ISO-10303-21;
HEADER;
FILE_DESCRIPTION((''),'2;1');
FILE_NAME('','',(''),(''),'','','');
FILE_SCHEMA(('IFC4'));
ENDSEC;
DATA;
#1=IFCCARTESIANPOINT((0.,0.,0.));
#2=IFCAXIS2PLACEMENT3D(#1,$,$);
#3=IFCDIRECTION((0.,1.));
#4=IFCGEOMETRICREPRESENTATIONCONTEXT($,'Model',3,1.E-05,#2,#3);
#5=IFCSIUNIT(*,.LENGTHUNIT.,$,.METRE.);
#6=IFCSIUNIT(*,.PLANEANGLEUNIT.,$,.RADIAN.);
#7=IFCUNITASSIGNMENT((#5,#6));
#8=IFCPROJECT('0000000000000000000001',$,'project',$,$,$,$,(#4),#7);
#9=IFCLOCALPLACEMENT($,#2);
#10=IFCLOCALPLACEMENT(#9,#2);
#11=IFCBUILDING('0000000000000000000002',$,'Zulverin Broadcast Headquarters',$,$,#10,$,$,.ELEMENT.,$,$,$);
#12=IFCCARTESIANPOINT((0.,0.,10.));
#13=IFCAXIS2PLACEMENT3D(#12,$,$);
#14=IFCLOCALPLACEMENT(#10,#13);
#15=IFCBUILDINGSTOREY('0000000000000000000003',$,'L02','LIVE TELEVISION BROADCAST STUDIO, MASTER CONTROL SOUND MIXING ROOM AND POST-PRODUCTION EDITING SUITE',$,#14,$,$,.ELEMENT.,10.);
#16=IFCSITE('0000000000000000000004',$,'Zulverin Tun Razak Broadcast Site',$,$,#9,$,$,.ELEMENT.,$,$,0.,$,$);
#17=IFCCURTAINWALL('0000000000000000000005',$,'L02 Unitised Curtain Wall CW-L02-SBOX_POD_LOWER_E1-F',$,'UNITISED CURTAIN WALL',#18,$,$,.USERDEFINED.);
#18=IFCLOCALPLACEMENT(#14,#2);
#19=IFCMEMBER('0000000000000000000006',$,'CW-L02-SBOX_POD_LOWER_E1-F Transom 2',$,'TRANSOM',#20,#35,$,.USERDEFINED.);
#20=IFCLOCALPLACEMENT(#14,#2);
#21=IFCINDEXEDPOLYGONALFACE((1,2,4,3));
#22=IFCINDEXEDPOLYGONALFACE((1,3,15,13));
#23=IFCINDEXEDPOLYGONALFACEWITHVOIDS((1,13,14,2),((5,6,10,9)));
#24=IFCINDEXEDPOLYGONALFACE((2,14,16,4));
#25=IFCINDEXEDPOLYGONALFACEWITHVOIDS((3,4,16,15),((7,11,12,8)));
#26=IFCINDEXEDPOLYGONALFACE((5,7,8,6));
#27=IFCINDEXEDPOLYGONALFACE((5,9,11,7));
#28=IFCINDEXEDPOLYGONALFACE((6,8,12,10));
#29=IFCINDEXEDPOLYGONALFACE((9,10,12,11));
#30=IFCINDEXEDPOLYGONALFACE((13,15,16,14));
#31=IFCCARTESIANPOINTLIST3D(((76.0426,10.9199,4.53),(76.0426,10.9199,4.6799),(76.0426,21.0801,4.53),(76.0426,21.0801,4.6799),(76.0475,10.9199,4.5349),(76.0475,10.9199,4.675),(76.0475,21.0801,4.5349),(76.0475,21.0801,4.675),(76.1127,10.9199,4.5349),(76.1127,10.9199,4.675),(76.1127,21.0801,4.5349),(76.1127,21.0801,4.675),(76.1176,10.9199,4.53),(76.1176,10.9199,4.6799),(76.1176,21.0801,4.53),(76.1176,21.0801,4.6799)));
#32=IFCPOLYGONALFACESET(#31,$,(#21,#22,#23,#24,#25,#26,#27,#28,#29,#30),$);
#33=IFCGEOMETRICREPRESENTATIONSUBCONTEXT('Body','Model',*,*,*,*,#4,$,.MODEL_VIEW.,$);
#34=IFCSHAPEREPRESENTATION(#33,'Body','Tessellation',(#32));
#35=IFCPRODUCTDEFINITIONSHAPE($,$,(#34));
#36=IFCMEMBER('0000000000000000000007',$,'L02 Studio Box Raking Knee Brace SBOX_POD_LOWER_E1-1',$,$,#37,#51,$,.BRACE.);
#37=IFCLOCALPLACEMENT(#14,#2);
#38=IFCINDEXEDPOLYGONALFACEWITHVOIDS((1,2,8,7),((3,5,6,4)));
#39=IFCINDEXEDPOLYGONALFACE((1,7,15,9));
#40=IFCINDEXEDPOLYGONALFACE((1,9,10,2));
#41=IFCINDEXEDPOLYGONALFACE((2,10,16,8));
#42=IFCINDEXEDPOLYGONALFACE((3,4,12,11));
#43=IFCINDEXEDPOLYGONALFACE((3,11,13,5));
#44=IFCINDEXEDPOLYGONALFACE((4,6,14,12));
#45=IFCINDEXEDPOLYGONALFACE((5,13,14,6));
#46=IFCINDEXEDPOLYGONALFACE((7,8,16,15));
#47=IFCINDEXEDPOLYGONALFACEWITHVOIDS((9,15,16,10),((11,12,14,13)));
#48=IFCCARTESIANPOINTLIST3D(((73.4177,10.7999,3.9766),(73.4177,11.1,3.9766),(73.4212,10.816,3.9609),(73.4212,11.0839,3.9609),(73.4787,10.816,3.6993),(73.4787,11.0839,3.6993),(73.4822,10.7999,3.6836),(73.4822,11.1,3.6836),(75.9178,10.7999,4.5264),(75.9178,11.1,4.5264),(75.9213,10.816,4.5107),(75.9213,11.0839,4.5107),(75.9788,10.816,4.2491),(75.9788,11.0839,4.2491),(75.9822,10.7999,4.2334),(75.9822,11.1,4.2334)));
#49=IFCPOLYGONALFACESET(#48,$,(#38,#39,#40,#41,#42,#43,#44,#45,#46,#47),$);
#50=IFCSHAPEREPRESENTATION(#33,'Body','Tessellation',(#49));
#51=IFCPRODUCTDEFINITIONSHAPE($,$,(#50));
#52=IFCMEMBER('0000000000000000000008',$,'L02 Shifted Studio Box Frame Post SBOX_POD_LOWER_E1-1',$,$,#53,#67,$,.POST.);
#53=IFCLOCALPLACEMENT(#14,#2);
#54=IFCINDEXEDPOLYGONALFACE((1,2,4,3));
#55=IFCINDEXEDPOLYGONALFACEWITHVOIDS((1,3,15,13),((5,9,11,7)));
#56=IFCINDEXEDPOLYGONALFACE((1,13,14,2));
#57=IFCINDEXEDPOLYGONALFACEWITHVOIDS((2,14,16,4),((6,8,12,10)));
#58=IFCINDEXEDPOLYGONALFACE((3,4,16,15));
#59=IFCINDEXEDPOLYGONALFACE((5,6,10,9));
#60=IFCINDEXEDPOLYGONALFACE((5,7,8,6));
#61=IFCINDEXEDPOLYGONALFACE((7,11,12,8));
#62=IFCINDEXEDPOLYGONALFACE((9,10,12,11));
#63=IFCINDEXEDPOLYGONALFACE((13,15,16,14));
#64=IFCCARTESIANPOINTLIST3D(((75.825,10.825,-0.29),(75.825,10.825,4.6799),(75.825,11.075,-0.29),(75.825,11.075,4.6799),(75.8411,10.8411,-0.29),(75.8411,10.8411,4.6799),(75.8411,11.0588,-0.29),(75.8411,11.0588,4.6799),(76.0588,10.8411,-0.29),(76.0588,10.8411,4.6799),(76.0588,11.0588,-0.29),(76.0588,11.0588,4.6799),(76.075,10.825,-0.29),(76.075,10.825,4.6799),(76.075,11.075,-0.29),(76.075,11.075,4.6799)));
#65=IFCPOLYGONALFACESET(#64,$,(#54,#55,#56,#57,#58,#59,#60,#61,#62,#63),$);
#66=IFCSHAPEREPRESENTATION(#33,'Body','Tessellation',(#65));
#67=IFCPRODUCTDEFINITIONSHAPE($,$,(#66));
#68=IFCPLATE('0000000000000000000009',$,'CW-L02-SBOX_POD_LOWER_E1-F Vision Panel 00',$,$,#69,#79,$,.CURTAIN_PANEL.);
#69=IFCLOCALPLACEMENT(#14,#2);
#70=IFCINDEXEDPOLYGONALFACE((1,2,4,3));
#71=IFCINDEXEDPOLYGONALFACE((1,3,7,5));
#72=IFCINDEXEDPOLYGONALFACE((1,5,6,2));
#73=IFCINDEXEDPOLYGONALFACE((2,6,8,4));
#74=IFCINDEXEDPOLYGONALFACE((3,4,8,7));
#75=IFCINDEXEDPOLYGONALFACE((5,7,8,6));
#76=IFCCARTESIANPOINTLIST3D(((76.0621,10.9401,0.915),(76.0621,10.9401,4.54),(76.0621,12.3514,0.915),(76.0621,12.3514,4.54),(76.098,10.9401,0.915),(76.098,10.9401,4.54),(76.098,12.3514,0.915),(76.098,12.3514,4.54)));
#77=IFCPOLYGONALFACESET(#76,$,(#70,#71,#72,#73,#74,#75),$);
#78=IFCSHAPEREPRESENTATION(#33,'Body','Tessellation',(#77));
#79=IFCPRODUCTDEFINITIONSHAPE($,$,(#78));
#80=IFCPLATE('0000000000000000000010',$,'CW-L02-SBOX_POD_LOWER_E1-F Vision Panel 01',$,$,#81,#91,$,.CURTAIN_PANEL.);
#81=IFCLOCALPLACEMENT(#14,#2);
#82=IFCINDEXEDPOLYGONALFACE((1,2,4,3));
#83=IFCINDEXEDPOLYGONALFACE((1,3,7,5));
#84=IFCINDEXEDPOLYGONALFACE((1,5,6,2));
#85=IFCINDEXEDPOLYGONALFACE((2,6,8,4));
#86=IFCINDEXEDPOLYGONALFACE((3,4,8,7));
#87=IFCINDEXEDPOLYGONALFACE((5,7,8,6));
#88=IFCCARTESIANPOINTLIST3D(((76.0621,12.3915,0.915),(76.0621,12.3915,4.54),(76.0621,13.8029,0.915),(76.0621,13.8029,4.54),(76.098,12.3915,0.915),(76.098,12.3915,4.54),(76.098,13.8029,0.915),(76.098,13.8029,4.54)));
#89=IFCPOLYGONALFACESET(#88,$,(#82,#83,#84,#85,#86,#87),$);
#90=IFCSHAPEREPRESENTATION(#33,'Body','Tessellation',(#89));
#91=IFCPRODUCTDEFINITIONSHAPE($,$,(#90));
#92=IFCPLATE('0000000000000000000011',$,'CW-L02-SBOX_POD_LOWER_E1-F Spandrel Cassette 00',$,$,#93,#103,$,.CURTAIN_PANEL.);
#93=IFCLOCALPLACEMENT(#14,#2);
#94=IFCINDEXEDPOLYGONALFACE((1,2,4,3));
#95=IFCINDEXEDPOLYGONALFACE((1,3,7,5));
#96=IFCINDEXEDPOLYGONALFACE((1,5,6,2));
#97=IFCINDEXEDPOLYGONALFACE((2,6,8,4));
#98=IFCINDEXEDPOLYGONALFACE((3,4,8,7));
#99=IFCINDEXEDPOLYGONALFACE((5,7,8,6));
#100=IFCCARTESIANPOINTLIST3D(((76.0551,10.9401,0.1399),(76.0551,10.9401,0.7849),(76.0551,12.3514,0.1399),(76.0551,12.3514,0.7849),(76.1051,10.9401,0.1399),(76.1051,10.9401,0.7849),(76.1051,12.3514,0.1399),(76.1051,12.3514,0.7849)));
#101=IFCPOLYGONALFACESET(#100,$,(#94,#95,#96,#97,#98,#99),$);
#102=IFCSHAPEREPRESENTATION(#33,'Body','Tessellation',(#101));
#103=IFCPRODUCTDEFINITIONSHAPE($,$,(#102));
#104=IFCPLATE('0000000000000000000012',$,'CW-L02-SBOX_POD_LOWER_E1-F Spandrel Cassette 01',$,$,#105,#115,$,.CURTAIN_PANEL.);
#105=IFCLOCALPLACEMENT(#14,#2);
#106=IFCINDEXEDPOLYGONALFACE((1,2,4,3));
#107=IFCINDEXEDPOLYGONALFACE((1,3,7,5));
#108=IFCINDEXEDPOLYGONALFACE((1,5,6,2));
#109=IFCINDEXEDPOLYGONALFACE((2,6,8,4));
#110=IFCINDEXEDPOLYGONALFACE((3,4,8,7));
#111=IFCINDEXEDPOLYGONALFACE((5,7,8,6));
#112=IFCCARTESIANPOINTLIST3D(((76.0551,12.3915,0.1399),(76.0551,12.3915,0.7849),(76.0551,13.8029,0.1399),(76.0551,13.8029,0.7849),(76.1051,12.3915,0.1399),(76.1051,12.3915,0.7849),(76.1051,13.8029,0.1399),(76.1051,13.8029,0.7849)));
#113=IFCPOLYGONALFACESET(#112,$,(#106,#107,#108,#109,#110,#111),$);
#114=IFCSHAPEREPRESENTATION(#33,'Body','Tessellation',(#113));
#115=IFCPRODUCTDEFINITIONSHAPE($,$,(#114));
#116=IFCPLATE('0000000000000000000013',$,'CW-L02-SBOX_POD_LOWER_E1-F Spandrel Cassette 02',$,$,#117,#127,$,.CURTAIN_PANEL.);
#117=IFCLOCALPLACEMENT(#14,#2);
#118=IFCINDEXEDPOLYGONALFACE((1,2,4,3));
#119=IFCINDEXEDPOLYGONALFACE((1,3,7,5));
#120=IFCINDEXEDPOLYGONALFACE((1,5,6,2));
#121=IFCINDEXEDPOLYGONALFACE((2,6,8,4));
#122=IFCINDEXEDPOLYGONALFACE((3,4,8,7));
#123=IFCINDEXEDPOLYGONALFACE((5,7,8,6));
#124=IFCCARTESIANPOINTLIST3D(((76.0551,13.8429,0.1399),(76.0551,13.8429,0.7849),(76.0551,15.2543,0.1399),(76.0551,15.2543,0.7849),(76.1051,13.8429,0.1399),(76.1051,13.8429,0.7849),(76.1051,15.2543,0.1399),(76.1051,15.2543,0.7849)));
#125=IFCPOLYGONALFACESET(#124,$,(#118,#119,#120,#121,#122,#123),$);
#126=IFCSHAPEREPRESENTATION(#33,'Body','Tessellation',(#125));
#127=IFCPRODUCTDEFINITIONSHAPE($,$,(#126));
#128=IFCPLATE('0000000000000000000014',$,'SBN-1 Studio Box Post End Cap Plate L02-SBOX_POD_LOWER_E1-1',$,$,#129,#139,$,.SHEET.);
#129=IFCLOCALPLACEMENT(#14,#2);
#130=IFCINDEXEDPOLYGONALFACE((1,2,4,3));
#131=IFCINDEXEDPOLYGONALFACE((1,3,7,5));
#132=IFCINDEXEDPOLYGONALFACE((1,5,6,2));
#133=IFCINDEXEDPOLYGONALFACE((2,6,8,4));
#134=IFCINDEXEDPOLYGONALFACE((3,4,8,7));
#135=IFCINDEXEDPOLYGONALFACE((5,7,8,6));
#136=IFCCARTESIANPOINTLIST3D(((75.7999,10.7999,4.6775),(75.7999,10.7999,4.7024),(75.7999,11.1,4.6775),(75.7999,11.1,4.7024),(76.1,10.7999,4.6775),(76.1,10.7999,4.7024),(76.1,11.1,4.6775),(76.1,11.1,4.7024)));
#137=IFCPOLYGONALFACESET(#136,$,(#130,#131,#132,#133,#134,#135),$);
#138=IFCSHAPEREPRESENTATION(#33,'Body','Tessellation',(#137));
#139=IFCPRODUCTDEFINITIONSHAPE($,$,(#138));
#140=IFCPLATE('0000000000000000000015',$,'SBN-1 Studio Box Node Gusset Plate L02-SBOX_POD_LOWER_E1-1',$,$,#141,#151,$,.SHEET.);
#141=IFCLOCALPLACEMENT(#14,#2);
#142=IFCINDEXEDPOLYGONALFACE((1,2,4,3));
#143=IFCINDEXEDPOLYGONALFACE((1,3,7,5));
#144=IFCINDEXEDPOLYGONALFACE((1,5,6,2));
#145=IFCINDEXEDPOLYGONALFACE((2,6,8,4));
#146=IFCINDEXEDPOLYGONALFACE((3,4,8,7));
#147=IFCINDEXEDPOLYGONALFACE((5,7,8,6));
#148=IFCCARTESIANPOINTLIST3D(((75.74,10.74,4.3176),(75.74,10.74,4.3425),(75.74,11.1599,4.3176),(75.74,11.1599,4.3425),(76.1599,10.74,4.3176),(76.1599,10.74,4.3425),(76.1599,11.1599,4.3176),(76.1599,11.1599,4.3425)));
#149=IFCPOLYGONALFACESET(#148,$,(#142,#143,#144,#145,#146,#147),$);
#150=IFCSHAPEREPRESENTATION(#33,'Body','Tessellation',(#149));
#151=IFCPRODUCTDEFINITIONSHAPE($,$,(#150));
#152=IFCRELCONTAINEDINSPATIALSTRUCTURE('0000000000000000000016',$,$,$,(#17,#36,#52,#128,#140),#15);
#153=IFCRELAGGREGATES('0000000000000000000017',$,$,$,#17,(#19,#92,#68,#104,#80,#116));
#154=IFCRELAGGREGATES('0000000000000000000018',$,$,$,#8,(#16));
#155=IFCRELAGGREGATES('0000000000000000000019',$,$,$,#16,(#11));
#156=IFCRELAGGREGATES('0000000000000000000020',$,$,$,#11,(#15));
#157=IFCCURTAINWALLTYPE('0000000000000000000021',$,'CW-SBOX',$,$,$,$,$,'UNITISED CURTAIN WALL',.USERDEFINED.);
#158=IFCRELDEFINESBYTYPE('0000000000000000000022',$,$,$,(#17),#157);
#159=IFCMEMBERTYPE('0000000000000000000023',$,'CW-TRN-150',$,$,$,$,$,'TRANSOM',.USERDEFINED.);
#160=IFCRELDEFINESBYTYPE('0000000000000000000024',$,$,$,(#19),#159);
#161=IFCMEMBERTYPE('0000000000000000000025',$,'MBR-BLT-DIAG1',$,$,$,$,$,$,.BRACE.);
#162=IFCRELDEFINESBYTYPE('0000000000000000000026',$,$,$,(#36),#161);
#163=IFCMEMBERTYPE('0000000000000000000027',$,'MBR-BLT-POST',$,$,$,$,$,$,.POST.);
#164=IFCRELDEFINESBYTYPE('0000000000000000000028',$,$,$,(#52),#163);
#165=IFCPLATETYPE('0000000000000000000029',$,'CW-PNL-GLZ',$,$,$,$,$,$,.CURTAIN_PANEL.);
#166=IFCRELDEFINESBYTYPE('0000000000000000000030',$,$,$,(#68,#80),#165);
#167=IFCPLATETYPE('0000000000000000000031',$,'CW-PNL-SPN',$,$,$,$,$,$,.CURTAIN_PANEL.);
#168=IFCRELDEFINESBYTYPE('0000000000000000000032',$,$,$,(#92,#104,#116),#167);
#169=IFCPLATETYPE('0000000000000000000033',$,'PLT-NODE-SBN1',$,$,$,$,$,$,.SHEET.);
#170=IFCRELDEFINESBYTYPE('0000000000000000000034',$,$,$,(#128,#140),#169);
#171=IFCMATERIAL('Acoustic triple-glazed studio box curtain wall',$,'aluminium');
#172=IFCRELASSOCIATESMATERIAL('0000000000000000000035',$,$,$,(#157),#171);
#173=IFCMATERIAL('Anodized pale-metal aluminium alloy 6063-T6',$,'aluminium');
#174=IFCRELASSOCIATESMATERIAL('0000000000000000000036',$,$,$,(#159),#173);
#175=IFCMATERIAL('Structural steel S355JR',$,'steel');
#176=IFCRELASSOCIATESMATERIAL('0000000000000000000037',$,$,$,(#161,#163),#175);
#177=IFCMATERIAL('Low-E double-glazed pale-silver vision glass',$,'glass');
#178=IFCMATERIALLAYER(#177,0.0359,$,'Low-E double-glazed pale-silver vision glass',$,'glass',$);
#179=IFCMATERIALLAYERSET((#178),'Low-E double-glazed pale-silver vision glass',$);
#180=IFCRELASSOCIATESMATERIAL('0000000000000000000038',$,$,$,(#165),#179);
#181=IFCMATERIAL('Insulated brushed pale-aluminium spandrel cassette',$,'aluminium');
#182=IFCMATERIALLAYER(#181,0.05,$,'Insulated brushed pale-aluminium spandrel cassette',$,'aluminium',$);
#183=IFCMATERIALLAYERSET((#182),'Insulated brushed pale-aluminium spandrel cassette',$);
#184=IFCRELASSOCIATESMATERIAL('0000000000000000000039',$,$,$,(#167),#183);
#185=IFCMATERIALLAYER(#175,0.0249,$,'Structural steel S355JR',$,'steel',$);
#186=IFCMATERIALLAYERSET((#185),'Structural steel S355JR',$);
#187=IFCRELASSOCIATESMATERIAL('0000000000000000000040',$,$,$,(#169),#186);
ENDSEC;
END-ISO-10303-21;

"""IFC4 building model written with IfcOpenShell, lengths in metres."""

from ifc_helpers import new_model, si_unit, direction, frame, origin, origin_2d, place, context, subcontext, project, spatial, rectangle, hollow_rectangle, extrude, material, layer, layer_set, material_profile, profile_set, type_object, element, aggregate, save


model = new_model("IFC4")

# Units and contexts
model_context = context("Model", 3, precision=1e-05, world=origin(), true_north=direction((0.0, 1.0)))
body_context = subcontext(model_context, "Body", "Model", "MODEL_VIEW")
ifc_project = project(units=[si_unit("LENGTHUNIT", "METRE"), si_unit("PLANEANGLEUNIT", "RADIAN")], contexts=[model_context])

# Site, building, storey
site_placement = place(None, origin())
site = spatial("IfcSite", under=ifc_project, at=site_placement, Name="Zulverin Tun Razak Broadcast Site", CompositionType="ELEMENT", RefElevation=0.0)
building_placement = place(site_placement, origin())
building = spatial("IfcBuilding", under=site, at=building_placement, Name="Zulverin Broadcast Headquarters", CompositionType="ELEMENT")
storey_placement = place(building_placement, frame((0.0, 0.0, 10.0)))
storey = spatial("IfcBuildingStorey", under=building, at=storey_placement, Name="L02", Description="LIVE TELEVISION BROADCAST STUDIO, MASTER CONTROL SOUND MIXING ROOM AND POST-PRODUCTION EDITING SUITE", CompositionType="ELEMENT", Elevation=10.0)

# Shared definitions
ifc_material_1 = material(Name="Structural steel S355JR", Category="steel")

# Curtain wall, member
ifc_material_2 = material(Name="Acoustic triple-glazed studio box curtain wall", Category="aluminium")
curtain_wall_type = type_object("IfcCurtainWallType", Name="CW-SBOX", ElementType="UNITISED CURTAIN WALL", PredefinedType="USERDEFINED", material=ifc_material_2)
curtain_wall_placement = place(storey_placement, origin())
curtain_wall = element("IfcCurtainWall", 1, at=curtain_wall_placement, inside=storey, type_object=curtain_wall_type, Name="L02 Unitised Curtain Wall CW-L02-SBOX_POD_LOWER_E1-F", ObjectType="UNITISED CURTAIN WALL", PredefinedType="USERDEFINED")
ifc_material_3 = material(Name="Anodized pale-metal aluminium alloy 6063-T6", Category="aluminium")
ifc_material_profile_1 = material_profile(ifc_material_3, hollow_rectangle(XDim=0.075, YDim=0.1499, WallThickness=0.0049, at=origin_2d()), Name="Anodized pale-metal aluminium alloy 6063-T6", Category="aluminium")
ifc_profile_set_1 = profile_set([ifc_material_profile_1], Name="Anodized pale-metal aluminium alloy 6063-T6")
member_type_1 = type_object("IfcMemberType", Name="CW-TRN-150", ElementType="TRANSOM", PredefinedType="USERDEFINED", material=ifc_profile_set_1)
member_1_placement = place(storey_placement, frame((76.0801, 10.9199, 4.605), z_axis=(0.0, 1.0, 0.0), x_axis=(-1.0, 0.0, 0.0)))
member_1 = element("IfcMember", 2, at=member_1_placement, type_object=member_type_1, Name="CW-L02-SBOX_POD_LOWER_E1-F Transom 2", ObjectType="TRANSOM", PredefinedType="USERDEFINED", context=body_context, shape_type="SweptSolid", body=[
    extrude(hollow_rectangle(XDim=0.075, YDim=0.1499, WallThickness=0.0049, at=origin_2d()), origin(), (0.0, 0.0, 1.0), 10.1602),
])

# Members
ifc_material_profile_2 = material_profile(ifc_material_1, hollow_rectangle(XDim=0.3, YDim=0.3, WallThickness=0.0161, at=origin_2d()), Name="Structural steel S355JR", Category="steel")
ifc_profile_set_2 = profile_set([ifc_material_profile_2], Name="Structural steel S355JR")
member_type_2 = type_object("IfcMemberType", Name="MBR-BLT-DIAG1", PredefinedType="BRACE", material=ifc_profile_set_2)
member_2_placement = place(storey_placement, frame((73.45, 10.95, 3.8301), z_axis=(0.97666, 0.0, 0.214789), x_axis=(0.0, 1.0, 0.0)))
element("IfcMember", 3, at=member_2_placement, inside=storey, type_object=member_type_2, Name="L02 Studio Box Raking Knee Brace SBOX_POD_LOWER_E1-1", PredefinedType="BRACE", context=body_context, shape_type="SweptSolid", body=[
    extrude(hollow_rectangle(XDim=0.3, YDim=0.3, WallThickness=0.0161, at=origin_2d()), origin(), (0.0, 0.0, 1.0), 2.5598),
])
ifc_material_profile_3 = material_profile(ifc_material_1, hollow_rectangle(XDim=0.25, YDim=0.25, WallThickness=0.0161, at=origin_2d()), Name="Structural steel S355JR", Category="steel")
ifc_profile_set_3 = profile_set([ifc_material_profile_3], Name="Structural steel S355JR")
member_type_3 = type_object("IfcMemberType", Name="MBR-BLT-POST", PredefinedType="POST", material=ifc_profile_set_3)
member_3_placement = place(storey_placement, frame((75.95, 10.95, -0.29), z_axis=(0.0, 0.0, 1.0), x_axis=(1.0, 0.0, 0.0)))
element("IfcMember", 4, at=member_3_placement, inside=storey, type_object=member_type_3, Name="L02 Shifted Studio Box Frame Post SBOX_POD_LOWER_E1-1", PredefinedType="POST", context=body_context, shape_type="SweptSolid", body=[
    extrude(hollow_rectangle(XDim=0.25, YDim=0.25, WallThickness=0.0161, at=origin_2d()), origin(), (0.0, 0.0, 1.0), 4.97),
])

# Plates
ifc_material_4 = material(Name="Low-E double-glazed pale-silver vision glass", Category="glass")
ifc_layer_1 = layer(ifc_material_4, 0.0359, Name="Low-E double-glazed pale-silver vision glass", Category="glass")
ifc_layer_set_1 = layer_set([ifc_layer_1], Name="Low-E double-glazed pale-silver vision glass")
plate_type_1 = type_object("IfcPlateType", Name="CW-PNL-GLZ", PredefinedType="CURTAIN_PANEL", material=ifc_layer_set_1)
plate_1_placement = place(storey_placement, frame((76.0801, 11.6458, 0.915), z_axis=(0.0, 0.0, 1.0), x_axis=(0.0, 1.0, 0.0)))
plate_1 = element("IfcPlate", 5, at=plate_1_placement, type_object=plate_type_1, Name="CW-L02-SBOX_POD_LOWER_E1-F Vision Panel 00", PredefinedType="CURTAIN_PANEL", context=body_context, shape_type="SweptSolid", body=[
    extrude(rectangle(XDim=1.4114, YDim=0.0359, at=origin_2d()), origin(), (0.0, 0.0, 1.0), 3.625),
])
plate_2_placement = place(storey_placement, frame((76.0801, 13.0972, 0.915), z_axis=(0.0, 0.0, 1.0), x_axis=(0.0, 1.0, 0.0)))
plate_2 = element("IfcPlate", 6, at=plate_2_placement, type_object=plate_type_1, Name="CW-L02-SBOX_POD_LOWER_E1-F Vision Panel 01", PredefinedType="CURTAIN_PANEL", context=body_context, shape_type="SweptSolid", body=[
    extrude(rectangle(XDim=1.4114, YDim=0.0359, at=origin_2d()), origin(), (0.0, 0.0, 1.0), 3.625),
])
ifc_material_5 = material(Name="Insulated brushed pale-aluminium spandrel cassette", Category="aluminium")
ifc_layer_2 = layer(ifc_material_5, 0.05, Name="Insulated brushed pale-aluminium spandrel cassette", Category="aluminium")
ifc_layer_set_2 = layer_set([ifc_layer_2], Name="Insulated brushed pale-aluminium spandrel cassette")
plate_type_2 = type_object("IfcPlateType", Name="CW-PNL-SPN", PredefinedType="CURTAIN_PANEL", material=ifc_layer_set_2)
plate_3_placement = place(storey_placement, frame((76.0801, 11.6458, 0.1399), z_axis=(0.0, 0.0, 1.0), x_axis=(0.0, 1.0, 0.0)))
plate_3 = element("IfcPlate", 7, at=plate_3_placement, type_object=plate_type_2, Name="CW-L02-SBOX_POD_LOWER_E1-F Spandrel Cassette 00", PredefinedType="CURTAIN_PANEL", context=body_context, shape_type="SweptSolid", body=[
    extrude(rectangle(XDim=1.4114, YDim=0.05, at=origin_2d()), origin(), (0.0, 0.0, 1.0), 0.645),
])
plate_4_placement = place(storey_placement, frame((76.0801, 13.0972, 0.1399), z_axis=(0.0, 0.0, 1.0), x_axis=(0.0, 1.0, 0.0)))
plate_4 = element("IfcPlate", 8, at=plate_4_placement, type_object=plate_type_2, Name="CW-L02-SBOX_POD_LOWER_E1-F Spandrel Cassette 01", PredefinedType="CURTAIN_PANEL", context=body_context, shape_type="SweptSolid", body=[
    extrude(rectangle(XDim=1.4114, YDim=0.05, at=origin_2d()), origin(), (0.0, 0.0, 1.0), 0.645),
])
plate_5_placement = place(storey_placement, frame((76.0801, 14.5486, 0.1399), z_axis=(0.0, 0.0, 1.0), x_axis=(0.0, 1.0, 0.0)))
plate_5 = element("IfcPlate", 9, at=plate_5_placement, type_object=plate_type_2, Name="CW-L02-SBOX_POD_LOWER_E1-F Spandrel Cassette 02", PredefinedType="CURTAIN_PANEL", context=body_context, shape_type="SweptSolid", body=[
    extrude(rectangle(XDim=1.4114, YDim=0.05, at=origin_2d()), origin(), (0.0, 0.0, 1.0), 0.645),
])
aggregate(curtain_wall, [member_1, plate_3, plate_1, plate_4, plate_2, plate_5])

# Plates
ifc_layer_3 = layer(ifc_material_1, 0.0249, Name="Structural steel S355JR", Category="steel")
ifc_layer_set_3 = layer_set([ifc_layer_3], Name="Structural steel S355JR")
plate_type_3 = type_object("IfcPlateType", Name="PLT-NODE-SBN1", PredefinedType="SHEET", material=ifc_layer_set_3)
plate_6_placement = place(storey_placement, frame((75.95, 10.95, 4.6775), z_axis=(0.0, 0.0, 1.0), x_axis=(1.0, 0.0, 0.0)))
element("IfcPlate", 10, at=plate_6_placement, inside=storey, type_object=plate_type_3, Name="SBN-1 Studio Box Post End Cap Plate L02-SBOX_POD_LOWER_E1-1", PredefinedType="SHEET", context=body_context, shape_type="SweptSolid", body=[
    extrude(rectangle(XDim=0.3, YDim=0.3, at=origin_2d()), origin(), (0.0, 0.0, 1.0), 0.0249),
])
plate_7_placement = place(storey_placement, frame((75.95, 10.95, 4.3176), z_axis=(0.0, 0.0, 1.0), x_axis=(1.0, 0.0, 0.0)))
element("IfcPlate", 11, at=plate_7_placement, inside=storey, type_object=plate_type_3, Name="SBN-1 Studio Box Node Gusset Plate L02-SBOX_POD_LOWER_E1-1", PredefinedType="SHEET", context=body_context, shape_type="SweptSolid", body=[
    extrude(rectangle(XDim=0.4199, YDim=0.4199, at=origin_2d()), origin(), (0.0, 0.0, 1.0), 0.0249),
])

save(model, "model.ifc")
